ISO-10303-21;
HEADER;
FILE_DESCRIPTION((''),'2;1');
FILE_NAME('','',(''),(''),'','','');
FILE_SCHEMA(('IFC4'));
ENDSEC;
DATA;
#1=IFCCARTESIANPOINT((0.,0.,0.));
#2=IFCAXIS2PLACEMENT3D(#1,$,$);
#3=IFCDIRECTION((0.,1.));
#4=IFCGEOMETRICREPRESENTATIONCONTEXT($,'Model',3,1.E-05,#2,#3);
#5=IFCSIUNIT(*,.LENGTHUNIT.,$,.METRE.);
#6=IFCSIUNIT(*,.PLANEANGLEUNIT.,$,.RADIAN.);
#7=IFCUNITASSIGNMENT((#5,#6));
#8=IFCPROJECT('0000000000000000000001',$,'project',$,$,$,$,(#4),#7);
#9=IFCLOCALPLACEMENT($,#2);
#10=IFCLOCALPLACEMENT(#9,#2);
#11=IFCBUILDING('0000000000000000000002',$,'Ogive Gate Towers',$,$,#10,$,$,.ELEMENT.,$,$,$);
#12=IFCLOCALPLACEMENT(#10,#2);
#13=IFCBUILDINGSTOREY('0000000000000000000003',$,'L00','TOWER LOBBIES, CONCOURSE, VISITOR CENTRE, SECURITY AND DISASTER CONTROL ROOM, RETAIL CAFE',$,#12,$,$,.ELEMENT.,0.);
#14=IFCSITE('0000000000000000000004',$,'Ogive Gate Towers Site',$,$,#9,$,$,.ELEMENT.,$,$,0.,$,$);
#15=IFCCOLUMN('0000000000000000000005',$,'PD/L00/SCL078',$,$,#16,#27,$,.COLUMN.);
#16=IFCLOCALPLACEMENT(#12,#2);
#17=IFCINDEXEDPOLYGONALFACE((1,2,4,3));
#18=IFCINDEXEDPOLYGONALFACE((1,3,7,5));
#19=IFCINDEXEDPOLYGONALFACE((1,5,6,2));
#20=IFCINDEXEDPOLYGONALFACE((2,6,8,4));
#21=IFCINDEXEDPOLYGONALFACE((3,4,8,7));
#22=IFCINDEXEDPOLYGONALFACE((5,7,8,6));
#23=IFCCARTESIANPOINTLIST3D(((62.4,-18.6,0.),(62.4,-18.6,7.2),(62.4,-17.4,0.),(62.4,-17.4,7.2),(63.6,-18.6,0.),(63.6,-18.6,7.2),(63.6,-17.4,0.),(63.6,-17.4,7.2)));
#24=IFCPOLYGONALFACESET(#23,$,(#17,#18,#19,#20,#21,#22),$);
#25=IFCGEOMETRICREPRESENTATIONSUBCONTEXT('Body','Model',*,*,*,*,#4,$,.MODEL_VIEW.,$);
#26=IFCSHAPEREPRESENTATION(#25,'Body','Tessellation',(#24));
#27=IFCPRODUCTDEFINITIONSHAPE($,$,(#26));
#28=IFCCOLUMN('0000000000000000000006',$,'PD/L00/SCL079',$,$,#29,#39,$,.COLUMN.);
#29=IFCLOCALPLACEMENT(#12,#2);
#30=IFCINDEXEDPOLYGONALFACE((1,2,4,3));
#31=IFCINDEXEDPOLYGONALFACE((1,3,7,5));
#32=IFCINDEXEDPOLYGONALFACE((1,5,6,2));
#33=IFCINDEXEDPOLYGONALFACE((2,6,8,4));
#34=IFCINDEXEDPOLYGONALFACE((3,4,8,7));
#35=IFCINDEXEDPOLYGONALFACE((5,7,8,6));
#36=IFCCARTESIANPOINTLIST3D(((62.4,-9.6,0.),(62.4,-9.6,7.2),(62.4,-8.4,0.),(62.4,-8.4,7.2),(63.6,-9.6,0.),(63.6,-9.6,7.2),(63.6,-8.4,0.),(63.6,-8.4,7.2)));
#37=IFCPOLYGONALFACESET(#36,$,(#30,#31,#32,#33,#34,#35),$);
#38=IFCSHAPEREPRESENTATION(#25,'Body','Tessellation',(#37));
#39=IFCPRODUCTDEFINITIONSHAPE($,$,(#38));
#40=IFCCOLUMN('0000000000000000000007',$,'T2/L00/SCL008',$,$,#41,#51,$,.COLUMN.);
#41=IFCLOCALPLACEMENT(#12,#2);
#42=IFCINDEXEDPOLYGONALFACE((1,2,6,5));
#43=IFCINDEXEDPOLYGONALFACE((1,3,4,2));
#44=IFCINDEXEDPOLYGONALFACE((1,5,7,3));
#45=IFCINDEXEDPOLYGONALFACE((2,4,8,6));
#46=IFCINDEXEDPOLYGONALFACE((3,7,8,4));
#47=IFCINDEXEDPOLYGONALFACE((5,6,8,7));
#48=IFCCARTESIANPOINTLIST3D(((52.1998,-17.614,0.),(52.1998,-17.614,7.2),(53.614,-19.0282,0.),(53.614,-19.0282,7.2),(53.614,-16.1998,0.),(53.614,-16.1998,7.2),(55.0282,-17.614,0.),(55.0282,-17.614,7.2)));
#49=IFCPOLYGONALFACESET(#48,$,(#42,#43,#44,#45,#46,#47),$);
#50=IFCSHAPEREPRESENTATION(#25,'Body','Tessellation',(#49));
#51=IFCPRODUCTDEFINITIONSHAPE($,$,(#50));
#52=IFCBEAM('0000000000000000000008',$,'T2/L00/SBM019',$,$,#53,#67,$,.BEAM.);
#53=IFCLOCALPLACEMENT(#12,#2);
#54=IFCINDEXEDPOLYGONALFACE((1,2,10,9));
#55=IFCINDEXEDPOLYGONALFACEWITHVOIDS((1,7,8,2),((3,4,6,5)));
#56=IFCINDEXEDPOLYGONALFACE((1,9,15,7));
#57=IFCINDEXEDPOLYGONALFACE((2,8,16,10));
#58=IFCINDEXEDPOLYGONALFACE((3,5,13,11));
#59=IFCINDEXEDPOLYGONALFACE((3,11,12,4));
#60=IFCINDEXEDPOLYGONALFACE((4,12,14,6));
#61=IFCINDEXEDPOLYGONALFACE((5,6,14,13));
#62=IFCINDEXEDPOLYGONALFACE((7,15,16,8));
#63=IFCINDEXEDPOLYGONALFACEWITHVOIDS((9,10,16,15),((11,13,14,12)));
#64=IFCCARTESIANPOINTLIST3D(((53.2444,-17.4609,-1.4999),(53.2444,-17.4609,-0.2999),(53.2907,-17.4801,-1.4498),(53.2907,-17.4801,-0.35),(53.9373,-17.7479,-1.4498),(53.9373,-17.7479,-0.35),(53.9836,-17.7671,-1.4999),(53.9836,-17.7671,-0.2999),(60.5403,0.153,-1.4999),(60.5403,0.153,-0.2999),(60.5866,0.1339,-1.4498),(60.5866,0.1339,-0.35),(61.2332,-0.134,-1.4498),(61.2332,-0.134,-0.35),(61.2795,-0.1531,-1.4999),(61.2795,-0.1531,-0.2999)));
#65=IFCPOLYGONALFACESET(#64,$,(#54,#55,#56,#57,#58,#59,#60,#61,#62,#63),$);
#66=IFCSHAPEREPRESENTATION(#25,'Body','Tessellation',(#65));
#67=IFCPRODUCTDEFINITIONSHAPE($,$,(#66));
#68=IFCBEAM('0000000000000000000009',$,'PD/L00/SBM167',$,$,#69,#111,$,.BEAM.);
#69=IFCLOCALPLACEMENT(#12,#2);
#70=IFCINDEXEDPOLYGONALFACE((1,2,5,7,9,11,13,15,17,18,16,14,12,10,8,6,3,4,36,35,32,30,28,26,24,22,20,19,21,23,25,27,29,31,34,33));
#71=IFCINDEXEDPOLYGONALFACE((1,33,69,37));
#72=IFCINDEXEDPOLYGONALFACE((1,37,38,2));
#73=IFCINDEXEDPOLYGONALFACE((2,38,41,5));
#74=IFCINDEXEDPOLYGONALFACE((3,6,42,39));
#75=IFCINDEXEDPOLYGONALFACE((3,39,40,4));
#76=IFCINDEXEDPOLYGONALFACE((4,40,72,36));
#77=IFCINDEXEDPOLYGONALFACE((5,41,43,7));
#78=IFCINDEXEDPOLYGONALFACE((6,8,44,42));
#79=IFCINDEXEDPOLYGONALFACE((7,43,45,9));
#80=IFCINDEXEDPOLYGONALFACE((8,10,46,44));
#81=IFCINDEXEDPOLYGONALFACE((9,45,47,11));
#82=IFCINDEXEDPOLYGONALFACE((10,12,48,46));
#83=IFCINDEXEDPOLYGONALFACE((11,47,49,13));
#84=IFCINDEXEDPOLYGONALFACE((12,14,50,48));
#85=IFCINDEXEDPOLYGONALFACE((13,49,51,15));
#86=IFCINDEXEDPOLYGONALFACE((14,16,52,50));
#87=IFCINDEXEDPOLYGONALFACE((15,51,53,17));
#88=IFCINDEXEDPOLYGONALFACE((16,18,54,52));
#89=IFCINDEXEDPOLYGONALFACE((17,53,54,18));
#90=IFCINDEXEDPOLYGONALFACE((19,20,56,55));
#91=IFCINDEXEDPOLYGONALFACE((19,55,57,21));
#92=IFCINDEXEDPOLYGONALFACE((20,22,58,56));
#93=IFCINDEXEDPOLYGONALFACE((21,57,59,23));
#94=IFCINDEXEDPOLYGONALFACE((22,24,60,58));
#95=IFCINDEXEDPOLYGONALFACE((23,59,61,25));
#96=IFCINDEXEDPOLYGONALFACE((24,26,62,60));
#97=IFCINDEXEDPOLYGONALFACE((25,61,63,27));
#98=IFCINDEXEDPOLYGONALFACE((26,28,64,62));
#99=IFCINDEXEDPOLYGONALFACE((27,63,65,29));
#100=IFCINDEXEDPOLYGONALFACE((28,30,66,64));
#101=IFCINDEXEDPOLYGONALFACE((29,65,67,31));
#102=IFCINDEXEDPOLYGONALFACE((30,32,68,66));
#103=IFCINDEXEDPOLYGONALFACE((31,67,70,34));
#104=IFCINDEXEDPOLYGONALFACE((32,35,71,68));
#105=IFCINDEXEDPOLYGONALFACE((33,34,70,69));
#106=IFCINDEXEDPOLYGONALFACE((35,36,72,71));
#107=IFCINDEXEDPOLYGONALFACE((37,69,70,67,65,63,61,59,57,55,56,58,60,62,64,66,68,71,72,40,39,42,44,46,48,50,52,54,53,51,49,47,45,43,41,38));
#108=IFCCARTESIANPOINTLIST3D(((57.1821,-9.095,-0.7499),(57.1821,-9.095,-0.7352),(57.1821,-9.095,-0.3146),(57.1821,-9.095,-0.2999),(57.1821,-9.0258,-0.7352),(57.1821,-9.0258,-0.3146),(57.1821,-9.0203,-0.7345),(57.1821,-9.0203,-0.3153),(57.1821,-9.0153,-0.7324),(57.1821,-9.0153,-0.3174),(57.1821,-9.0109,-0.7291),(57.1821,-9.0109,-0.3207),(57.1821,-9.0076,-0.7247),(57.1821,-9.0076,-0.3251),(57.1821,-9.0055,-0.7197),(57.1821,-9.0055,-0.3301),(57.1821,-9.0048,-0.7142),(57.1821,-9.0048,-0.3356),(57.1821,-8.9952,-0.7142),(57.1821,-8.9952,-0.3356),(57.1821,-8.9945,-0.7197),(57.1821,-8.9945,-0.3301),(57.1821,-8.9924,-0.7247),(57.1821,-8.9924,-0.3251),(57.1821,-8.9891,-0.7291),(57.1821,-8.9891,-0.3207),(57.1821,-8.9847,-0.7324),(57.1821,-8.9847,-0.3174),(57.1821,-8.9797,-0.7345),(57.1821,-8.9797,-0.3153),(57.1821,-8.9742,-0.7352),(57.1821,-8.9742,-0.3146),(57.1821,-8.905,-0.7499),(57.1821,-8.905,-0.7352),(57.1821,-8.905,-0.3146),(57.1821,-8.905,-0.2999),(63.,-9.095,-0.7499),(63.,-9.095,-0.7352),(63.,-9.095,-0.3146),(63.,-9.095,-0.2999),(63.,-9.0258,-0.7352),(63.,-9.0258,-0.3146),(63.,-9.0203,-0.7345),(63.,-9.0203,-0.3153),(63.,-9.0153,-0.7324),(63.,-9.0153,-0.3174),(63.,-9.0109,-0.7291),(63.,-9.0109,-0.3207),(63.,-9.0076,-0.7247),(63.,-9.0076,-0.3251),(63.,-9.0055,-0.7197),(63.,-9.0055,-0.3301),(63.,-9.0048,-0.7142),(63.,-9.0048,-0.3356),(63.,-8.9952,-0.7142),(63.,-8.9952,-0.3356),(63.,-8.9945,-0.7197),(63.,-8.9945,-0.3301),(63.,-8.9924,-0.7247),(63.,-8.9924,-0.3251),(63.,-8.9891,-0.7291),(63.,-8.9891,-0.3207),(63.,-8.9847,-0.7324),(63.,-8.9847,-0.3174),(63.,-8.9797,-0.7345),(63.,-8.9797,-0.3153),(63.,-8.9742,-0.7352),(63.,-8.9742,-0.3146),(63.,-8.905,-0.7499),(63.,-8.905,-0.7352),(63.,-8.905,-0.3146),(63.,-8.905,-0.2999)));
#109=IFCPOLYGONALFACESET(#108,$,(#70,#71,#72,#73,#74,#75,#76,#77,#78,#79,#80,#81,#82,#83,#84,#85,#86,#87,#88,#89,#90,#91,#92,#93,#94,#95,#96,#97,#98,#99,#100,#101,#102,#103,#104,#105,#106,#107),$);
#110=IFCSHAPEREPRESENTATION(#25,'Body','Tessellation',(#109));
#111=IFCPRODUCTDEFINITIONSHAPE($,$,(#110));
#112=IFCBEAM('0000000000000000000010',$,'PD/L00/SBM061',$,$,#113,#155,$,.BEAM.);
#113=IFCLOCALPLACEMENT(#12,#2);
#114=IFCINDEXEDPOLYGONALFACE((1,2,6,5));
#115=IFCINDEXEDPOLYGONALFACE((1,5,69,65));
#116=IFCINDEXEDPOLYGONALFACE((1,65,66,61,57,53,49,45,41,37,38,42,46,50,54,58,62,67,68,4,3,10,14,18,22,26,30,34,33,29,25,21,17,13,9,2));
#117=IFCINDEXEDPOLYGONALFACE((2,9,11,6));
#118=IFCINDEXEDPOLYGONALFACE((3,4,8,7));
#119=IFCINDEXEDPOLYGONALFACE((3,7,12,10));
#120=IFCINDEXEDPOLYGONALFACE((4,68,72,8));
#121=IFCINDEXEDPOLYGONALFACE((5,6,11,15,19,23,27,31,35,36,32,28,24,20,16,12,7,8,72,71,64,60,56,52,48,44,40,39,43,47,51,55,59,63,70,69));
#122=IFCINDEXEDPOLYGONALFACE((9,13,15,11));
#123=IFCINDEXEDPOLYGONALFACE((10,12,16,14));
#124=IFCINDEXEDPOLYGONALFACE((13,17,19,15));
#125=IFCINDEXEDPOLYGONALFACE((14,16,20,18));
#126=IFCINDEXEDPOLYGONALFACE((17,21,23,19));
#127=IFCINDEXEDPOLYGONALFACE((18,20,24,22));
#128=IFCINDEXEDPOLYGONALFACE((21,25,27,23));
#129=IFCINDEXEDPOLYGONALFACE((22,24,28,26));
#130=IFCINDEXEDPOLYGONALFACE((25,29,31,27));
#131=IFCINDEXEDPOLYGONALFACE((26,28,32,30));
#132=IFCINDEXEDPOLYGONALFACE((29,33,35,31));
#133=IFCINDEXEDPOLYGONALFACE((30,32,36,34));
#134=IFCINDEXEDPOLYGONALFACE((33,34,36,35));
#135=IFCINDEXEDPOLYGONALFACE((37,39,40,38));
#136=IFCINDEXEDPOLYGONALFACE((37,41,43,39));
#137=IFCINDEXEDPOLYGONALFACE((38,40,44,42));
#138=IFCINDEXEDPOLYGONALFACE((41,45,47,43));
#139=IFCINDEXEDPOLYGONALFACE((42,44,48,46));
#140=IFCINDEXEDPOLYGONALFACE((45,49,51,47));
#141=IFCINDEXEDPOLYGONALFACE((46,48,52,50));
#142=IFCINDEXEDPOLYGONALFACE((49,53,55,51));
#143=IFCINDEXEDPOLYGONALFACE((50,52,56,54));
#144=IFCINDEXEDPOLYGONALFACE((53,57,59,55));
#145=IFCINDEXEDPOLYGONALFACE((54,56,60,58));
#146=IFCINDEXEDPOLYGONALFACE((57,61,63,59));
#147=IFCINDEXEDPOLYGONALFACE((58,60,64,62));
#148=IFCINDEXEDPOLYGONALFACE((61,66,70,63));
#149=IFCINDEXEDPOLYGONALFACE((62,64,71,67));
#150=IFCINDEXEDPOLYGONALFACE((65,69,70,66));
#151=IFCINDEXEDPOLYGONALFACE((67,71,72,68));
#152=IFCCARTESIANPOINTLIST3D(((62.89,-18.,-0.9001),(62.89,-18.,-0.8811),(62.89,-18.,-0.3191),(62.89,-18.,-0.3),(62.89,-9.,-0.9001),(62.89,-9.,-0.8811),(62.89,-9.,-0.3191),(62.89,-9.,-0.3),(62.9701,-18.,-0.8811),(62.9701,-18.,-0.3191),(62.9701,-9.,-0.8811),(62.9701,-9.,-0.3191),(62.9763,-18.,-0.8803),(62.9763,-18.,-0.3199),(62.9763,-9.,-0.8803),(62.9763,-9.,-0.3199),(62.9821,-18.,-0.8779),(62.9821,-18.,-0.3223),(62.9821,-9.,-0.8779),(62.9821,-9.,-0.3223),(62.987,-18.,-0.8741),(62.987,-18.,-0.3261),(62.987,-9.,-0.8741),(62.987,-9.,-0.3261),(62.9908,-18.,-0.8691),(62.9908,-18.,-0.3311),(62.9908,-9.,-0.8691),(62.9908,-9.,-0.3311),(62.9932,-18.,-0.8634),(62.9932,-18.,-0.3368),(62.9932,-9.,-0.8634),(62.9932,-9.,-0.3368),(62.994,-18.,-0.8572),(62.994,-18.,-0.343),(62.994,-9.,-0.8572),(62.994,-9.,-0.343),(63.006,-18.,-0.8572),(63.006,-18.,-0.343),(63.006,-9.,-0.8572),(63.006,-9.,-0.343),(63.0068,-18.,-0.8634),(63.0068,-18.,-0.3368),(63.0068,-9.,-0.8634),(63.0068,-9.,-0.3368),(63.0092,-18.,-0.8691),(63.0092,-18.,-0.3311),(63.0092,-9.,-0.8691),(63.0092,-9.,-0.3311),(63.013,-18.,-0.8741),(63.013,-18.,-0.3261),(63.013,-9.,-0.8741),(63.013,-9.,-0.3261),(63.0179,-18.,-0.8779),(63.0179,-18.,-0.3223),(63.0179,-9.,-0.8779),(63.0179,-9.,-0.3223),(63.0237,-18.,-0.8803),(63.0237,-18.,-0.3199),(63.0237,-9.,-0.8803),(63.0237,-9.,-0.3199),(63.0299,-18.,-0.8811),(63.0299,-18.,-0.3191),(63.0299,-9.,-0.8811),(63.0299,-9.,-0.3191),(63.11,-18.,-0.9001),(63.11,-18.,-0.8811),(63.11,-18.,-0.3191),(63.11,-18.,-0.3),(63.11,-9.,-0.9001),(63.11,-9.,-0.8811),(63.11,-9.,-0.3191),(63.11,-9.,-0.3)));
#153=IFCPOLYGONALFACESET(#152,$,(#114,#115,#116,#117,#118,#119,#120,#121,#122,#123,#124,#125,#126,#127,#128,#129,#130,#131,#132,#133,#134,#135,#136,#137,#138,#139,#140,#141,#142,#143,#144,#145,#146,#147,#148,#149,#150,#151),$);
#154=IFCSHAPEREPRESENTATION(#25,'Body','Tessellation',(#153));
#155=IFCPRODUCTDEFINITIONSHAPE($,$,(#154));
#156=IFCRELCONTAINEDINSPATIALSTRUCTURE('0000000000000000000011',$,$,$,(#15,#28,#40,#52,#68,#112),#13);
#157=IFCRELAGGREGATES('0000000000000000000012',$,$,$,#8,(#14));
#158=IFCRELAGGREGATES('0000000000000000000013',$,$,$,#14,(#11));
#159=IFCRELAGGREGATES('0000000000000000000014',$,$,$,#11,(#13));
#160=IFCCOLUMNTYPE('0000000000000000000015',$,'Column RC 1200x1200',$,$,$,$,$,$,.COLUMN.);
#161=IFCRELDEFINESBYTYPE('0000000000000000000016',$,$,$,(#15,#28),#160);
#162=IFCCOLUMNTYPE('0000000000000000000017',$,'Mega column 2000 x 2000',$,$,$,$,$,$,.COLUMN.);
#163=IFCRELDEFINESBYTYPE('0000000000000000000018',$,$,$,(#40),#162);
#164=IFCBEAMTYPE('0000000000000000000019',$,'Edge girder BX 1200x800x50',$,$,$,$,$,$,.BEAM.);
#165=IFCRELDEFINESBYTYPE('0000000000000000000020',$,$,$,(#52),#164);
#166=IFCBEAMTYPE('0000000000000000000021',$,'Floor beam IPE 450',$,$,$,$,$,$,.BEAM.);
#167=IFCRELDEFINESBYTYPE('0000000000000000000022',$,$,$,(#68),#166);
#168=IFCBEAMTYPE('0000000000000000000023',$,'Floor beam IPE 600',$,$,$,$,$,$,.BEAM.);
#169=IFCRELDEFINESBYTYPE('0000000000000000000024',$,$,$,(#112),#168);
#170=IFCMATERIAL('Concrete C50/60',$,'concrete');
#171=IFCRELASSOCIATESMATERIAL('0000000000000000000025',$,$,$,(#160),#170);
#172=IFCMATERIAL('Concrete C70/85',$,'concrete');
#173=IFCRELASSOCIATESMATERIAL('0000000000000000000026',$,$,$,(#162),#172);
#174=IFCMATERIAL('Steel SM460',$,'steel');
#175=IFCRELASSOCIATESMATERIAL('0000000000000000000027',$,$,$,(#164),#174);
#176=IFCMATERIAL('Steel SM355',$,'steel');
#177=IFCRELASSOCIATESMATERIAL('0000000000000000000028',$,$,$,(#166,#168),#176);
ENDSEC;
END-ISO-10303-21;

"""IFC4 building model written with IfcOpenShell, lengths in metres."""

from ifc_helpers import new_model, si_unit, direction, frame, origin, origin_2d, place, context, subcontext, project, spatial, rectangle, hollow_rectangle, i_section, extrude, material, material_profile, profile_set, type_object, element, save


model = new_model("IFC4")

# Units and contexts
model_context = context("Model", 3, precision=1e-05, world=origin(), true_north=direction((0.0, 1.0)))
body_context = subcontext(model_context, "Body", "Model", "MODEL_VIEW")
ifc_project = project(units=[si_unit("LENGTHUNIT", "METRE"), si_unit("PLANEANGLEUNIT", "RADIAN")], contexts=[model_context])

# Site, building, storey
site_placement = place(None, origin())
site = spatial("IfcSite", under=ifc_project, at=site_placement, Name="Ogive Gate Towers Site", CompositionType="ELEMENT", RefElevation=0.0)
building_placement = place(site_placement, origin())
building = spatial("IfcBuilding", under=site, at=building_placement, Name="Ogive Gate Towers", CompositionType="ELEMENT")
storey_placement = place(building_placement, origin())
storey = spatial("IfcBuildingStorey", under=building, at=storey_placement, Name="L00", Description="TOWER LOBBIES, CONCOURSE, VISITOR CENTRE, SECURITY AND DISASTER CONTROL ROOM, RETAIL CAFE", CompositionType="ELEMENT", Elevation=0.0)

# Columns
ifc_material_1 = material(Name="Concrete C50/60", Category="concrete")
ifc_material_profile_1 = material_profile(ifc_material_1, rectangle(XDim=1.2, YDim=1.2, at=origin_2d()), Name="RC 1200x1200")
ifc_profile_set_1 = profile_set([ifc_material_profile_1], Name="Concrete C50/60")
column_type_1 = type_object("IfcColumnType", Name="Column RC 1200x1200", PredefinedType="COLUMN", material=ifc_profile_set_1)
for number, where, z_axis, x_axis, name in (
    (1, (63.0, -18.0, 0.0), (0.0, 0.0, 1.0), (1.0, 0.0, 0.0), "PD/L00/SCL078"),
    (2, (63.0, -9.0, 0.0), (0.0, 0.0, 1.0), (1.0, 0.0, 0.0), "PD/L00/SCL079"),
):
    element("IfcColumn", number, at=place(storey_placement, frame(where, z_axis=z_axis, x_axis=x_axis)), inside=storey, type_object=column_type_1, Name=name, PredefinedType="COLUMN", context=body_context, shape_type="SweptSolid", body=[
        extrude(rectangle(XDim=1.2, YDim=1.2, at=origin_2d()), origin(), (0.0, 0.0, 1.0), 7.2),
    ])
ifc_material_2 = material(Name="Concrete C70/85", Category="concrete")
ifc_material_profile_2 = material_profile(ifc_material_2, rectangle(XDim=2.0, YDim=2.0, at=origin_2d()), Name="RC 2000x2000")
ifc_profile_set_2 = profile_set([ifc_material_profile_2], Name="Concrete C70/85")
column_type_2 = type_object("IfcColumnType", Name="Mega column 2000 x 2000", PredefinedType="COLUMN", material=ifc_profile_set_2)
column_placement = place(storey_placement, frame((53.614, -17.614, 0.0), z_axis=(0.0, 0.0, 1.0), x_axis=(0.707107, -0.707107, 0.0)))
element("IfcColumn", 3, at=column_placement, inside=storey, type_object=column_type_2, Name="T2/L00/SCL008", PredefinedType="COLUMN", context=body_context, shape_type="SweptSolid", body=[
    extrude(rectangle(XDim=2.0, YDim=2.0, at=origin_2d()), origin(), (0.0, 0.0, 1.0), 7.2),
])

# Beams
ifc_material_3 = material(Name="Steel SM460", Category="steel")
ifc_material_profile_3 = material_profile(ifc_material_3, hollow_rectangle(XDim=0.8, YDim=1.2, WallThickness=0.05, at=origin_2d()), Name="BX 1200x800x50")
ifc_profile_set_3 = profile_set([ifc_material_profile_3], Name="Steel SM460")
beam_type_1 = type_object("IfcBeamType", Name="Edge girder BX 1200x800x50", PredefinedType="BEAM", material=ifc_profile_set_3)
beam_1_placement = place(storey_placement, frame((53.614, -17.614, -0.8999), z_axis=(0.382681, 0.923881, 0.0), x_axis=(-0.923881, 0.382681, 0.0)))
element("IfcBeam", 4, at=beam_1_placement, inside=storey, type_object=beam_type_1, Name="T2/L00/SBM019", PredefinedType="BEAM", context=body_context, shape_type="SweptSolid", body=[
    extrude(hollow_rectangle(XDim=0.8, YDim=1.2, WallThickness=0.05, at=origin_2d()), origin(), (0.0, 0.0, 1.0), 19.0652),
])
ifc_material_4 = material(Name="Steel SM355", Category="steel")
ifc_material_profile_4 = material_profile(ifc_material_4, i_section(OverallWidth=0.1899, OverallDepth=0.45, WebThickness=0.0095, FlangeThickness=0.0146, FilletRadius=0.021, at=origin_2d()), Name="IPE 450")
ifc_profile_set_4 = profile_set([ifc_material_profile_4], Name="Steel SM355")
beam_type_2 = type_object("IfcBeamType", Name="Floor beam IPE 450", PredefinedType="BEAM", material=ifc_profile_set_4)
beam_2_placement = place(storey_placement, frame((63.0, -9.0, -0.5249), z_axis=(-1.0, 0.0, 0.0), x_axis=(0.0, -1.0, 0.0)))
element("IfcBeam", 5, at=beam_2_placement, inside=storey, type_object=beam_type_2, Name="PD/L00/SBM167", PredefinedType="BEAM", context=body_context, shape_type="SweptSolid", body=[
    extrude(i_section(OverallWidth=0.1899, OverallDepth=0.45, WebThickness=0.0095, FlangeThickness=0.0146, FilletRadius=0.021, at=origin_2d()), origin(), (0.0, 0.0, 1.0), 5.8179),
])
ifc_material_profile_5 = material_profile(ifc_material_4, i_section(OverallWidth=0.22, OverallDepth=0.6001, WebThickness=0.012, FlangeThickness=0.019, FilletRadius=0.0239, at=origin_2d()), Name="IPE 600")
ifc_profile_set_5 = profile_set([ifc_material_profile_5], Name="Steel SM355")
beam_type_3 = type_object("IfcBeamType", Name="Floor beam IPE 600", PredefinedType="BEAM", material=ifc_profile_set_5)
for number, where, z_axis, x_axis, name in (
    (6, (63.0, -18.0, -0.6001), (0.0, 1.0, 0.0), (-1.0, 0.0, 0.0), "PD/L00/SBM061"),
):
    element("IfcBeam", number, at=place(storey_placement, frame(where, z_axis=z_axis, x_axis=x_axis)), inside=storey, type_object=beam_type_3, Name=name, PredefinedType="BEAM", context=body_context, shape_type="SweptSolid", body=[
        extrude(i_section(OverallWidth=0.22, OverallDepth=0.6001, WebThickness=0.012, FlangeThickness=0.019, FilletRadius=0.0239, at=origin_2d()), origin(), (0.0, 0.0, 1.0), 9.0),
    ])

save(model, "model.ifc")
